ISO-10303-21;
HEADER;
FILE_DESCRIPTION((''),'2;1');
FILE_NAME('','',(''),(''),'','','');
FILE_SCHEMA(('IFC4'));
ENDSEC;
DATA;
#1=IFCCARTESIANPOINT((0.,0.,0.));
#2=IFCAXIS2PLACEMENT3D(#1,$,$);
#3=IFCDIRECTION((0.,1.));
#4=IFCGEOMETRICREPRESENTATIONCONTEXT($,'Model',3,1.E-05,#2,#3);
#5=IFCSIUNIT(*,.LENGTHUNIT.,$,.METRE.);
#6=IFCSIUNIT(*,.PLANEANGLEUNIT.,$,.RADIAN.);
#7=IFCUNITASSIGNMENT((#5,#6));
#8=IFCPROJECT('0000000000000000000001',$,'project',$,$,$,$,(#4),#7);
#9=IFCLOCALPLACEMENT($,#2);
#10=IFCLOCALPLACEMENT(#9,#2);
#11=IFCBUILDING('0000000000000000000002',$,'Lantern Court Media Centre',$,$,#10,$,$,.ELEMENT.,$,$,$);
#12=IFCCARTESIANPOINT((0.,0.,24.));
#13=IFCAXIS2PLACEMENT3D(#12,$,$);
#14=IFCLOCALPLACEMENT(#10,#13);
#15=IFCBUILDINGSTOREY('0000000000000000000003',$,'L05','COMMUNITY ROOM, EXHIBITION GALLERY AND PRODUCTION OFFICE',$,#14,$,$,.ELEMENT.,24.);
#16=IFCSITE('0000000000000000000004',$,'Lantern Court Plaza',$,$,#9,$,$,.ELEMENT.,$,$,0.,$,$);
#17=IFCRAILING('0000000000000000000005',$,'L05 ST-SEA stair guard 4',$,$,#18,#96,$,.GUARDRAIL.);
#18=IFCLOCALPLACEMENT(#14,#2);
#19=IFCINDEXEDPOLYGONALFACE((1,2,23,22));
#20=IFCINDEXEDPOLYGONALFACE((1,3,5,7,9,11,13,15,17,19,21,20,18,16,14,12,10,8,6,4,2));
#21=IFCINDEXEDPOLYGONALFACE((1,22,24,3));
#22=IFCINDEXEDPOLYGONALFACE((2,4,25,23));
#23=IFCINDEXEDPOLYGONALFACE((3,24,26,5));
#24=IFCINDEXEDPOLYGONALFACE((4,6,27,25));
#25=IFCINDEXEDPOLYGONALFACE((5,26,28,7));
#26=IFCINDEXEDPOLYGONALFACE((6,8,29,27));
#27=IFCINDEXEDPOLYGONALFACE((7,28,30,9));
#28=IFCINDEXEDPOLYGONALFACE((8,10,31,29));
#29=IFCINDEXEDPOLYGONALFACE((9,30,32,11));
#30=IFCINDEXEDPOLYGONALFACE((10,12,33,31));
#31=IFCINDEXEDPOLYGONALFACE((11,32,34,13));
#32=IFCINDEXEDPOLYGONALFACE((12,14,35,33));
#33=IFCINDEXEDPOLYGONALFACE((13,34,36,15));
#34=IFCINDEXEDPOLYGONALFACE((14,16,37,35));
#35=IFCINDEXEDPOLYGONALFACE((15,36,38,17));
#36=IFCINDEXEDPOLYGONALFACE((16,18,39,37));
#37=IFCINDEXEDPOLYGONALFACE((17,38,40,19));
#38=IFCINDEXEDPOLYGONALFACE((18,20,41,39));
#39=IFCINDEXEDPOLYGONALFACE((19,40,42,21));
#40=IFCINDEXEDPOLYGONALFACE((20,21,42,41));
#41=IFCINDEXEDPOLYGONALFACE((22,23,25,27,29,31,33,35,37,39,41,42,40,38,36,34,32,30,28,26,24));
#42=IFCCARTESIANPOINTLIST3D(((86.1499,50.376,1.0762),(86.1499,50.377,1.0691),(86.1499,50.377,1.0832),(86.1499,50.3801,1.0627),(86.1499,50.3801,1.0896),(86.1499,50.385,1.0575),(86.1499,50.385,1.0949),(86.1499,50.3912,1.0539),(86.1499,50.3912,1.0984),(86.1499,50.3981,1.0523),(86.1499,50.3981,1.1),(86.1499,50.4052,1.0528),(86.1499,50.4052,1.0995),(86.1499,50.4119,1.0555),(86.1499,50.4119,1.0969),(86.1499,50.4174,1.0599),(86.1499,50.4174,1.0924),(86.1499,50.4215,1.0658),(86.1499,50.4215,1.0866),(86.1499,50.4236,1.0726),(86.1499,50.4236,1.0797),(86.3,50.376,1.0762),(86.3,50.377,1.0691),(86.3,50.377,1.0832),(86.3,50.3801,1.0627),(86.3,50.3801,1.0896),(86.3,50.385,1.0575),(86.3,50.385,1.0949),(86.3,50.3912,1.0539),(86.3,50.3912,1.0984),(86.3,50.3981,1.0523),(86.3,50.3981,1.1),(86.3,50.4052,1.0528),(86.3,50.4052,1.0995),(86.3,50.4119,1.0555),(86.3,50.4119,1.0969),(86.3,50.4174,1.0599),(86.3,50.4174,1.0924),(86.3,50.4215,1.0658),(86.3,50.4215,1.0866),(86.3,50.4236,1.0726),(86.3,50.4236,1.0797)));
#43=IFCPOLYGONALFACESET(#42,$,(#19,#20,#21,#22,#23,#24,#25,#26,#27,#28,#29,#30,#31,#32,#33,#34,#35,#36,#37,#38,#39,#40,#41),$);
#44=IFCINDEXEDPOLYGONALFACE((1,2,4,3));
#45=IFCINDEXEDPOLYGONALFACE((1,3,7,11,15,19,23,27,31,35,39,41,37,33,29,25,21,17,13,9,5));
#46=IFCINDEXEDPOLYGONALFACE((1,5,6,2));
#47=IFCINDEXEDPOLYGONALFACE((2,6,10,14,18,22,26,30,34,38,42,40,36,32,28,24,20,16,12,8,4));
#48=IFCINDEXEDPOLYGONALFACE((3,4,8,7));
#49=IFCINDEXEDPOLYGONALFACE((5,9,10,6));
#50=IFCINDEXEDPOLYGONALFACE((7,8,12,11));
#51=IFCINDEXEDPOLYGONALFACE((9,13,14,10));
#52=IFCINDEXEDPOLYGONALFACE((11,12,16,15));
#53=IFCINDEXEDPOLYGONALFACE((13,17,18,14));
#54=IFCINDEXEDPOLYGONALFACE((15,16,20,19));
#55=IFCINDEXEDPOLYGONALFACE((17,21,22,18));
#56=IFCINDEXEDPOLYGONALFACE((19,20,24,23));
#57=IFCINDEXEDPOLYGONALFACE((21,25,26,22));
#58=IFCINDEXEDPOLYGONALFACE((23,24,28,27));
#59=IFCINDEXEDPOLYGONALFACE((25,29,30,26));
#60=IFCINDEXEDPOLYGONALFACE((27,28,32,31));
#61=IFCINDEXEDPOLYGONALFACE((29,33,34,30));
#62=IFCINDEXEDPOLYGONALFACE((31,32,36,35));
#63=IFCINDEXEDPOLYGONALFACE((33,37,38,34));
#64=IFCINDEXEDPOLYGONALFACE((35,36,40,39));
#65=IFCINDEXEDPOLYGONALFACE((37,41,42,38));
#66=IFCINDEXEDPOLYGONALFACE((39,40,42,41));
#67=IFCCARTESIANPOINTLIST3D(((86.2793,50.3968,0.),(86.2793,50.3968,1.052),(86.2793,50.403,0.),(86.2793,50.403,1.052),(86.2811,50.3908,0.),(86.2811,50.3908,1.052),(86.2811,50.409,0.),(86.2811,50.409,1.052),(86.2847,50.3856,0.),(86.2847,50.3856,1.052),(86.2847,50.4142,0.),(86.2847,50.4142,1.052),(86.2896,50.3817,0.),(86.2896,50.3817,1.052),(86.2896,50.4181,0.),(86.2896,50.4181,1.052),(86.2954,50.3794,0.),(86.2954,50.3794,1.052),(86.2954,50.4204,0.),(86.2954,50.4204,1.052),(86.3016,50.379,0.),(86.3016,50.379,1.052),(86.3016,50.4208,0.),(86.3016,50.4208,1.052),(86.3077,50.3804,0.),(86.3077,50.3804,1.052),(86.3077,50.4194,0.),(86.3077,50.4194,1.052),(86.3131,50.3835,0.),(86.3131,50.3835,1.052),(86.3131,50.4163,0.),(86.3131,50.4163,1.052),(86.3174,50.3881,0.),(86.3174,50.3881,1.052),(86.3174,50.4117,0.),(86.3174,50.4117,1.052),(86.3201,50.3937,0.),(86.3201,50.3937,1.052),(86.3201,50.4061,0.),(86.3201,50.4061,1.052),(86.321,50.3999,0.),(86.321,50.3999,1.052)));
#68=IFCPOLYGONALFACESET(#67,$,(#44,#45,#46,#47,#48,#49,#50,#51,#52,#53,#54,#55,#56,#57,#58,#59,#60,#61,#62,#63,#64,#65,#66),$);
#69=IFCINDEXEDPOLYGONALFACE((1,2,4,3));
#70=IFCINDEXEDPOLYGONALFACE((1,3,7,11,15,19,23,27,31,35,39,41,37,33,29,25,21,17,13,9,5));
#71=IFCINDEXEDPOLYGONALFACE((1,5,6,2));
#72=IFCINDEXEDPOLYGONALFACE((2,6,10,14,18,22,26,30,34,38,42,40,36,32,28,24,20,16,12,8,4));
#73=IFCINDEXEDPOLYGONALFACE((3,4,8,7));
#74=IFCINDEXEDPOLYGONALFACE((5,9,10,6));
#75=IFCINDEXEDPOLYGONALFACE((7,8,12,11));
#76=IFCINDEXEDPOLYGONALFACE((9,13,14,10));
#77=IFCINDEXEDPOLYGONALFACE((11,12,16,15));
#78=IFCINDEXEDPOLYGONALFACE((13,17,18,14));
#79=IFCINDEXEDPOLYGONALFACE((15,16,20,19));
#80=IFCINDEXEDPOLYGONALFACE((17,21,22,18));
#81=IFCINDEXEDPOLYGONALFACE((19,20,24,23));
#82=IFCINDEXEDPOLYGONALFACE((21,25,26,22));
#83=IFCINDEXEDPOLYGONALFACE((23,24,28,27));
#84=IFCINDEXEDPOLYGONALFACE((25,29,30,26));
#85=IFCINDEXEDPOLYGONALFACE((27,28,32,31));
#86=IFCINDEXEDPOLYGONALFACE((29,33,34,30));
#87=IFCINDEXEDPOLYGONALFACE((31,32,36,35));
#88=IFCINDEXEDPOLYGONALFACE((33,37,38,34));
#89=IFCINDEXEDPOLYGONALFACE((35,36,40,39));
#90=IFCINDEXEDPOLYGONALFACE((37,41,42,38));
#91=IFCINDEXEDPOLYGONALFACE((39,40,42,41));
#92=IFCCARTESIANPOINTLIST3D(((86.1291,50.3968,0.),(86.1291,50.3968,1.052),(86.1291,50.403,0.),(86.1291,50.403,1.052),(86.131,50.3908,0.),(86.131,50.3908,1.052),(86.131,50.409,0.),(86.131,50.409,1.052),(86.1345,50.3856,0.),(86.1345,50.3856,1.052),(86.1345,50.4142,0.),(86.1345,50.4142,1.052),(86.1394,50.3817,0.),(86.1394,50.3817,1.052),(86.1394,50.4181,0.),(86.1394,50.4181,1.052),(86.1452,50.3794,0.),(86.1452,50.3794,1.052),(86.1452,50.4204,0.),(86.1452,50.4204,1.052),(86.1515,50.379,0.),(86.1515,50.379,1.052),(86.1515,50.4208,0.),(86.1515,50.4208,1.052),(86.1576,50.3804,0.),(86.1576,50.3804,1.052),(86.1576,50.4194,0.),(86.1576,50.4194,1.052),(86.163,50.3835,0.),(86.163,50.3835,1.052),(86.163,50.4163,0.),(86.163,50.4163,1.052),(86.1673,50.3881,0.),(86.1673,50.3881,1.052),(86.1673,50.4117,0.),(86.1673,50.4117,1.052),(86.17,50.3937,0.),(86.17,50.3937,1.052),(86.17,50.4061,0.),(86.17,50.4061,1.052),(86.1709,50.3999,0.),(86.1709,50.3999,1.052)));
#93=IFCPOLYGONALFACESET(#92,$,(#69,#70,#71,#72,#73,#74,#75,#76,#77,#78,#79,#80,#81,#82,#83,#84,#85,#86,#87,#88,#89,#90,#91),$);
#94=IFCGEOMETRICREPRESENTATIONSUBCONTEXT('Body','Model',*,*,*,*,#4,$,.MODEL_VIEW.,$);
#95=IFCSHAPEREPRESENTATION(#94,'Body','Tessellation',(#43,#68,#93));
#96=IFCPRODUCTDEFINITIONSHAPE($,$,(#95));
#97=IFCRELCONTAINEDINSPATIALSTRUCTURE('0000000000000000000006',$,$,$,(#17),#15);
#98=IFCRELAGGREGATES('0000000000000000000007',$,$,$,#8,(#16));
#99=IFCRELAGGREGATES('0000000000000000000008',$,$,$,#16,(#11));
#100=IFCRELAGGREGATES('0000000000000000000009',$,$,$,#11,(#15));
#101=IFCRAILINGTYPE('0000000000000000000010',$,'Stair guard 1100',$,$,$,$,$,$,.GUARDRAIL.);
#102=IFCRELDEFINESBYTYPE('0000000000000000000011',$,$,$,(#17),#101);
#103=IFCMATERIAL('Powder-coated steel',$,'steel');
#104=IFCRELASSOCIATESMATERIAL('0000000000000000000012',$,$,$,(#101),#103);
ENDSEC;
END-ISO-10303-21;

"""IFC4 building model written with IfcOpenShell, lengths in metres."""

from ifc_helpers import new_model, si_unit, direction, frame, origin, origin_2d, place, context, subcontext, project, spatial, circle, extrude, material, type_object, element, save


model = new_model("IFC4")

# Units and contexts
model_context = context("Model", 3, precision=1e-05, world=origin(), true_north=direction((0.0, 1.0)))
body_context = subcontext(model_context, "Body", "Model", "MODEL_VIEW")
ifc_project = project(units=[si_unit("LENGTHUNIT", "METRE"), si_unit("PLANEANGLEUNIT", "RADIAN")], contexts=[model_context])

# Site, building, storey
site_placement = place(None, origin())
site = spatial("IfcSite", under=ifc_project, at=site_placement, Name="Lantern Court Plaza", CompositionType="ELEMENT", RefElevation=0.0)
building_placement = place(site_placement, origin())
building = spatial("IfcBuilding", under=site, at=building_placement, Name="Lantern Court Media Centre", CompositionType="ELEMENT")
storey_placement = place(building_placement, frame((0.0, 0.0, 24.0)))
storey = spatial("IfcBuildingStorey", under=building, at=storey_placement, Name="L05", Description="COMMUNITY ROOM, EXHIBITION GALLERY AND PRODUCTION OFFICE", CompositionType="ELEMENT", Elevation=24.0)

# Shared definitions
ifc_material_1 = material(Name="Powder-coated steel", Category="steel")

# Railing
railing_type_1 = type_object("IfcRailingType", Name="Stair guard 1100", PredefinedType="GUARDRAIL", material=ifc_material_1)
railing_1_placement = place(storey_placement, frame((86.3, 50.3999, 0.0)))
element("IfcRailing", 1, at=railing_1_placement, inside=storey, type_object=railing_type_1, Name="L05 ST-SEA stair guard 4", PredefinedType="GUARDRAIL", context=body_context, shape_type="SweptSolid", body=[
    extrude(circle(Radius=0.0239, at=origin_2d()), frame((0.0, 0.0, 1.0762), z_axis=(-1.0, 0.0, 0.0), x_axis=(0.0, -1.0, 0.0)), (0.0, 0.0, 1.0), 0.1501),
    extrude(circle(Radius=0.021, at=origin_2d()), origin(), (0.0, 0.0, 1.0), 1.052),
    extrude(circle(Radius=0.021, at=origin_2d()), frame((-0.1501, 0.0, 0.0)), (0.0, 0.0, 1.0), 1.052),
])

save(model, "model.ifc")
